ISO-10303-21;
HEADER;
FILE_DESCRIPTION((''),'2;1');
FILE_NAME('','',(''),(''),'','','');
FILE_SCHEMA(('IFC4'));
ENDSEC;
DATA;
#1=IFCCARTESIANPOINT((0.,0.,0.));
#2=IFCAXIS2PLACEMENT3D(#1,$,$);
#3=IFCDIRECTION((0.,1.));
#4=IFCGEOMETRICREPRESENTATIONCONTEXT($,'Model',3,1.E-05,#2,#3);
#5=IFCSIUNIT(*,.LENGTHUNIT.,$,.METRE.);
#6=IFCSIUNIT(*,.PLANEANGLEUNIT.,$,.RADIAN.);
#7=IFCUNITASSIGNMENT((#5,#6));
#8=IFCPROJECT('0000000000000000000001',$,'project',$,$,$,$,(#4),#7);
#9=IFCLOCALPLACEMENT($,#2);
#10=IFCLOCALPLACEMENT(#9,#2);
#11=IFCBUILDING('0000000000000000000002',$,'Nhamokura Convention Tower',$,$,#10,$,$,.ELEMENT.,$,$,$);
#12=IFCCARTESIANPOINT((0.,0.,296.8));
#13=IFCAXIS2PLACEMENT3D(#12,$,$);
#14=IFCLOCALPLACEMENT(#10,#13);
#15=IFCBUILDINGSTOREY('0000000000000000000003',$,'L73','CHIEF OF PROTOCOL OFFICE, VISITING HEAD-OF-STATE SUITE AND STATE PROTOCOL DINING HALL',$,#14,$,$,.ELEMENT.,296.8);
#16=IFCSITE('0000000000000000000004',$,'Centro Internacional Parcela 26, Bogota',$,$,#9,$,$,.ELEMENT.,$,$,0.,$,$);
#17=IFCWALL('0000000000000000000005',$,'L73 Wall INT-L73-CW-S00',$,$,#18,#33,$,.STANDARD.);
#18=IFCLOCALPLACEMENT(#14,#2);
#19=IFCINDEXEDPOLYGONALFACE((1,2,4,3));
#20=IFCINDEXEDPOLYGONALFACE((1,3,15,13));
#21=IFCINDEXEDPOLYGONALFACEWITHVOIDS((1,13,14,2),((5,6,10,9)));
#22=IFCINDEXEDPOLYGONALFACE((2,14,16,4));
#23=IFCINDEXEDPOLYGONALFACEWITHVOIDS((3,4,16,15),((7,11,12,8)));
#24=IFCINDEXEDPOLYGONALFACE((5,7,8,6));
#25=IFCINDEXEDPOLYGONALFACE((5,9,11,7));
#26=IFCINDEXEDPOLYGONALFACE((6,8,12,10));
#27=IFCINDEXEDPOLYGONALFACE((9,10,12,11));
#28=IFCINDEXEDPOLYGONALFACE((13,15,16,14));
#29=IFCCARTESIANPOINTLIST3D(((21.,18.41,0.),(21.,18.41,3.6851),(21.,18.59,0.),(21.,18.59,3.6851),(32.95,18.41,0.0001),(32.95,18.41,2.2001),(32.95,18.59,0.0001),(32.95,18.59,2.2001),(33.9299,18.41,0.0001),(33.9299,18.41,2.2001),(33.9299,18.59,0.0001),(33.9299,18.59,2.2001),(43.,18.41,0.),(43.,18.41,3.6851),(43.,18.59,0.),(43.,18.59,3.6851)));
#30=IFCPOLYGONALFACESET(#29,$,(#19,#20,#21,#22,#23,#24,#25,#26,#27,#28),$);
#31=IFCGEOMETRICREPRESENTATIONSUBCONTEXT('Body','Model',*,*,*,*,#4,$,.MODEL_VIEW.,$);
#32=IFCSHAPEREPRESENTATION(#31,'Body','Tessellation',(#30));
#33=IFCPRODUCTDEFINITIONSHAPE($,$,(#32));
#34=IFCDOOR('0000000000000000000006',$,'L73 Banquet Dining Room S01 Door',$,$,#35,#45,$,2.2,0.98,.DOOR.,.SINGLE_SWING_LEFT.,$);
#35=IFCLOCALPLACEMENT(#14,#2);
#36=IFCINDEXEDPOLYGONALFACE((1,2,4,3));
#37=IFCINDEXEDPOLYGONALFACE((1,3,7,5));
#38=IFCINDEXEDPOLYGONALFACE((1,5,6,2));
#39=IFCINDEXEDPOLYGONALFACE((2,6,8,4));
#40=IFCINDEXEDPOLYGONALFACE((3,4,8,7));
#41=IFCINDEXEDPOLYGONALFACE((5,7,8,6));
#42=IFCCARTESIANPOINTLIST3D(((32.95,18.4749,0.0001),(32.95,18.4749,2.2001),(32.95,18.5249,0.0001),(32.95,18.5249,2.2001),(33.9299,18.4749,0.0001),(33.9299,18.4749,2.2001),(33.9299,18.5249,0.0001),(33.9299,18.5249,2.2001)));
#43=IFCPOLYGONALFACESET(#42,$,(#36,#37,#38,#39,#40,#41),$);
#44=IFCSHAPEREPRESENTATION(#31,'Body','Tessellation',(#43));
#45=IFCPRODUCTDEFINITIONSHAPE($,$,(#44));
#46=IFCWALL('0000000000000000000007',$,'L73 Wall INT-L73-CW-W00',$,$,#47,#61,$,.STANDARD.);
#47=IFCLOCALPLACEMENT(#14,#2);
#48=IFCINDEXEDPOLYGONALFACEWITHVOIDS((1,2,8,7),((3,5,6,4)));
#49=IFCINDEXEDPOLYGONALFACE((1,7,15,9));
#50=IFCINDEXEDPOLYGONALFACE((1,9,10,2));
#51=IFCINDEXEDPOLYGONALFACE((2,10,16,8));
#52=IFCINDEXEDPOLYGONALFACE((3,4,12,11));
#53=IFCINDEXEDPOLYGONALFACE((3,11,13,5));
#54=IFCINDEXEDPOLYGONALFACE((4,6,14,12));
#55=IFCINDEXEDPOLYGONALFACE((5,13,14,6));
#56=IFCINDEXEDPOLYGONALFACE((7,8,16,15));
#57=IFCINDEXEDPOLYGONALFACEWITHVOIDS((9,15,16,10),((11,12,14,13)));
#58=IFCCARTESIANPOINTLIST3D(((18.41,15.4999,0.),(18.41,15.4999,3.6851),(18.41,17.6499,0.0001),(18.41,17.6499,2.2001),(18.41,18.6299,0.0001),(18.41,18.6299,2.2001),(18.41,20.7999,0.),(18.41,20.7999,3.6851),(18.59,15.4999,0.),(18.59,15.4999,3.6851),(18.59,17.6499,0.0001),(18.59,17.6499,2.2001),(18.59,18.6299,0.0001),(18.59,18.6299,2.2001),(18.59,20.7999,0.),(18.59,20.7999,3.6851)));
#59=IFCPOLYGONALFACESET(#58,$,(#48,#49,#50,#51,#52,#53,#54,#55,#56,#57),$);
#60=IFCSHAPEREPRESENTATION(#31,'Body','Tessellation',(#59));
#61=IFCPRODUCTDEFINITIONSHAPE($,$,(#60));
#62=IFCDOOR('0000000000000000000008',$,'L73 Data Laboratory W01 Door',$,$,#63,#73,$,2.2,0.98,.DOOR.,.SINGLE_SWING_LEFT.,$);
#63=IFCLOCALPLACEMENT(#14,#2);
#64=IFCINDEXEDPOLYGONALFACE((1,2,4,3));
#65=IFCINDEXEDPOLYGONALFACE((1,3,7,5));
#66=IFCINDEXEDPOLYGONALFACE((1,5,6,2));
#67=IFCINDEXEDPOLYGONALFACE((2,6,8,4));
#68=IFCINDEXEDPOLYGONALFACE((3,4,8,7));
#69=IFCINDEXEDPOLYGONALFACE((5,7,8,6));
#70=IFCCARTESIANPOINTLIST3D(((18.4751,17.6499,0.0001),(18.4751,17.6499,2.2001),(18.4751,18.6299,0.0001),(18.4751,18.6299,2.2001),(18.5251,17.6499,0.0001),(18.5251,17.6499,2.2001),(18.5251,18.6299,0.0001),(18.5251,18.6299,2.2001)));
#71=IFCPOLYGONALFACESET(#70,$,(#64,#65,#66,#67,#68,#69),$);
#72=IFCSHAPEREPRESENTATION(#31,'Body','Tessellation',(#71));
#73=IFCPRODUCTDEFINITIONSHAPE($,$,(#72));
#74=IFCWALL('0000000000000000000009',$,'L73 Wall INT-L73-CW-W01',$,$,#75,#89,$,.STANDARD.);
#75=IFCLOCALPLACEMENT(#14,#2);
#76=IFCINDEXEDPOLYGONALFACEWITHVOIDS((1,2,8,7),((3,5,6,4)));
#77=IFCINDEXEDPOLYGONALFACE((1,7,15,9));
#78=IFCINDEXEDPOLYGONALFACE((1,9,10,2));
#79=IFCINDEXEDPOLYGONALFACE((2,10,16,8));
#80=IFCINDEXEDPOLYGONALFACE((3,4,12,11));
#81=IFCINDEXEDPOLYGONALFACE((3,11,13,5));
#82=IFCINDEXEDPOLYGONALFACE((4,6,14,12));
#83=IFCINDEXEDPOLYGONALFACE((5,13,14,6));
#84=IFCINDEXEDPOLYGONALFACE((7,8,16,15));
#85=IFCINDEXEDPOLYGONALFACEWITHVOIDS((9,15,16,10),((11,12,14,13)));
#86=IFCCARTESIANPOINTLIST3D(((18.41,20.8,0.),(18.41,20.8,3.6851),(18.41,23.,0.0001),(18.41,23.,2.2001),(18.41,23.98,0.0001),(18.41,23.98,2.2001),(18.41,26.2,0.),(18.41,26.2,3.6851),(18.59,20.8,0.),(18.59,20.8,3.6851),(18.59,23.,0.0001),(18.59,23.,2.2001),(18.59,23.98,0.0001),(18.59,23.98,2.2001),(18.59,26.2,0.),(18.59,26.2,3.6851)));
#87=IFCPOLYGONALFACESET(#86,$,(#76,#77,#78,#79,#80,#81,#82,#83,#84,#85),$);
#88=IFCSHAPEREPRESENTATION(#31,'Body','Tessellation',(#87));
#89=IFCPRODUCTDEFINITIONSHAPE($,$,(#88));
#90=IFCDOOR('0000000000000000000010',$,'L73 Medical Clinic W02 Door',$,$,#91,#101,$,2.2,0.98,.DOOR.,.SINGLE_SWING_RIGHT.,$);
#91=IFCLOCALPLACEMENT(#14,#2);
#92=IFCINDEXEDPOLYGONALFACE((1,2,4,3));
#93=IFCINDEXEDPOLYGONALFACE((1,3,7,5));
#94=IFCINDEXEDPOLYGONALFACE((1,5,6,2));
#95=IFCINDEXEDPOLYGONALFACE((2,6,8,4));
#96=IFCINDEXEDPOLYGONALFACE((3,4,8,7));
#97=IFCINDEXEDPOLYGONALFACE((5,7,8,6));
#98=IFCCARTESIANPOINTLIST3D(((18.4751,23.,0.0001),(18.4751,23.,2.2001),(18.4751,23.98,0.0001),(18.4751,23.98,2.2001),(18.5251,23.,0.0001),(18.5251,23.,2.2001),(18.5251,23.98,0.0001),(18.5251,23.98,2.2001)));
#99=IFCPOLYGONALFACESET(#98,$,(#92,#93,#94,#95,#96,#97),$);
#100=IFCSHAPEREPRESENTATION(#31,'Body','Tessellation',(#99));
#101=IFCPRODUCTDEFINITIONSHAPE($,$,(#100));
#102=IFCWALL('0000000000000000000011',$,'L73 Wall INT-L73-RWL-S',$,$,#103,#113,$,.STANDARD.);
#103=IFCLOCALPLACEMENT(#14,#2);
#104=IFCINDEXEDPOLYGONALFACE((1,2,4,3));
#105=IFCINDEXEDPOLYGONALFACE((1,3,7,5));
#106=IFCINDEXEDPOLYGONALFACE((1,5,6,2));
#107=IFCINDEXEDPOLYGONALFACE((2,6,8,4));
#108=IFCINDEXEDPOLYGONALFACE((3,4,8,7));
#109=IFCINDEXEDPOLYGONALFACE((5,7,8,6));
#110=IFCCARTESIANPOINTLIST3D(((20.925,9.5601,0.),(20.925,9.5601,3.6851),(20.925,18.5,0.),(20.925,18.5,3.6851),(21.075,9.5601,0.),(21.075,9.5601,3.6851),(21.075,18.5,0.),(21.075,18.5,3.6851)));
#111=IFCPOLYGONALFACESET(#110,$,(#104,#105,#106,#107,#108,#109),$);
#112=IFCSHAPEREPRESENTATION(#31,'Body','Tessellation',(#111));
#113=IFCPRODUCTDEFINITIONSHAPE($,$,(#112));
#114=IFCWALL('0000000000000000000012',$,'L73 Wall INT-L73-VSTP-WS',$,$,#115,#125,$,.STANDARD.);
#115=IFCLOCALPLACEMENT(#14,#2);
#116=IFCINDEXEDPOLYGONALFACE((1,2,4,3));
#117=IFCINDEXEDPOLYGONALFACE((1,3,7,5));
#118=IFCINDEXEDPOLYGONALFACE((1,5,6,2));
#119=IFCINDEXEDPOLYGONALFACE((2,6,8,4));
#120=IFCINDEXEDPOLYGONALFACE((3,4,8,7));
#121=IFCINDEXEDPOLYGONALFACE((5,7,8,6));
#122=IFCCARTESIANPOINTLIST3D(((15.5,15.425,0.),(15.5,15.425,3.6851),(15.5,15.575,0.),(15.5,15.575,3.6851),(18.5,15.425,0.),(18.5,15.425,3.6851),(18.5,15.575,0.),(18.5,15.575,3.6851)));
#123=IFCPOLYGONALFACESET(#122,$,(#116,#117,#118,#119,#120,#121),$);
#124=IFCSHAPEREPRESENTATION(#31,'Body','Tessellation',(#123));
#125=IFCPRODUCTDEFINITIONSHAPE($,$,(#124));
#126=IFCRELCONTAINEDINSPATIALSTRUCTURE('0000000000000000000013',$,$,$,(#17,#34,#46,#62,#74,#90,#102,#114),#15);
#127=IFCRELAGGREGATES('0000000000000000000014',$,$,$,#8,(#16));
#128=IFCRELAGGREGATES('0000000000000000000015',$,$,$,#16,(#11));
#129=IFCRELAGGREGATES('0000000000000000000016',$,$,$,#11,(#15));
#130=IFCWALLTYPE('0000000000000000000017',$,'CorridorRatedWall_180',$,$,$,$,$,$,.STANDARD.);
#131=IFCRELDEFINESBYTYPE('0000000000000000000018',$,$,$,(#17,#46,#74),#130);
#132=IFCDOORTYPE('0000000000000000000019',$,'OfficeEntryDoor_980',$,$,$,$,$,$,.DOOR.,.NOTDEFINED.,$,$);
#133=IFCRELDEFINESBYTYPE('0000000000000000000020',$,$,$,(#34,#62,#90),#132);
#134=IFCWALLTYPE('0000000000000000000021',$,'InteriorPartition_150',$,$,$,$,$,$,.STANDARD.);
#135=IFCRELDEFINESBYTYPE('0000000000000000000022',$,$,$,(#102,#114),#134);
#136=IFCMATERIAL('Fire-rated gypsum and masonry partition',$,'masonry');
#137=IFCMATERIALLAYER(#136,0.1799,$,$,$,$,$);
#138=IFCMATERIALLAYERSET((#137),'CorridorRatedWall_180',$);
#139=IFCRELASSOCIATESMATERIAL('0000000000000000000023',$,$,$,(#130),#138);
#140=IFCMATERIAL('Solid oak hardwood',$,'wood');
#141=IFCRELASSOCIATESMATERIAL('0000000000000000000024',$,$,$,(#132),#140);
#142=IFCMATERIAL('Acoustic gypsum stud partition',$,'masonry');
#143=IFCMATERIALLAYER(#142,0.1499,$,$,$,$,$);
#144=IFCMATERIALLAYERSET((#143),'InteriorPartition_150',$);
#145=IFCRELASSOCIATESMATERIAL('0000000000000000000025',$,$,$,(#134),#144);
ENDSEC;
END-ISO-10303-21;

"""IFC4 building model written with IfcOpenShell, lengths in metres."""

from ifc_helpers import new_model, si_unit, direction, frame, frame_2d, origin, place, context, subcontext, project, spatial, rectangle, extrude, material, layer, layer_set, type_object, element, fill, save


model = new_model("IFC4")

# Units and contexts
model_context = context("Model", 3, precision=1e-05, world=origin(), true_north=direction((0.0, 1.0)))
body_context = subcontext(model_context, "Body", "Model", "MODEL_VIEW")
ifc_project = project(units=[si_unit("LENGTHUNIT", "METRE"), si_unit("PLANEANGLEUNIT", "RADIAN")], contexts=[model_context])

# Site, building, storey
site_placement = place(None, origin())
site = spatial("IfcSite", under=ifc_project, at=site_placement, Name="Centro Internacional Parcela 26, Bogota", CompositionType="ELEMENT", RefElevation=0.0)
building_placement = place(site_placement, origin())
building = spatial("IfcBuilding", under=site, at=building_placement, Name="Nhamokura Convention Tower", CompositionType="ELEMENT")
storey_placement = place(building_placement, frame((0.0, 0.0, 296.8)))
storey = spatial("IfcBuildingStorey", under=building, at=storey_placement, Name="L73", Description="CHIEF OF PROTOCOL OFFICE, VISITING HEAD-OF-STATE SUITE AND STATE PROTOCOL DINING HALL", CompositionType="ELEMENT", Elevation=296.8)

# Walls, openings, doors
ifc_material_1 = material(Name="Fire-rated gypsum and masonry partition", Category="masonry")
ifc_layer_1 = layer(ifc_material_1, 0.1799)
ifc_layer_set_1 = layer_set([ifc_layer_1], Name="CorridorRatedWall_180")
wall_type_1 = type_object("IfcWallType", Name="CorridorRatedWall_180", PredefinedType="STANDARD", material=ifc_layer_set_1)
wall_1_placement = place(storey_placement, frame((21.0, 18.5, 0.0), z_axis=(0.0, 0.0, 1.0), x_axis=(1.0, 0.0, 0.0)))
wall_1 = element("IfcWall", 1, at=wall_1_placement, inside=storey, type_object=wall_type_1, Name="L73 Wall INT-L73-CW-S00", PredefinedType="STANDARD", context=body_context, shape_type="SweptSolid", body=[
    extrude(rectangle(XDim=22.0, YDim=0.1799, at=frame_2d((11.0, 0.0))), origin(), (0.0, 0.0, 1.0), 3.6851),
])
opening_1_placement = place(wall_1_placement, frame((11.95, 0.0, 0.0)))
opening_1 = element("IfcOpeningElement", 2, at=opening_1_placement, cuts=wall_1, PredefinedType="OPENING", context=body_context, shape_type="SweptSolid", body=[
    extrude(rectangle(XDim=0.98, YDim=2.2, at=frame_2d((0.49, 1.1001))), frame((0.0, 0.0999, 0.0), z_axis=(0.0, -1.0, 0.0), x_axis=(1.0, 0.0, 0.0)), (0.0, 0.0, 1.0), 0.2),
])
ifc_material_2 = material(Name="Solid oak hardwood", Category="wood")
door_type_1 = type_object("IfcDoorType", Name="OfficeEntryDoor_980", OperationType="NOTDEFINED", PredefinedType="DOOR", material=ifc_material_2)
door_1_placement = place(opening_1_placement, origin())
door_1 = element("IfcDoor", 3, at=door_1_placement, inside=storey, type_object=door_type_1, Name="L73 Banquet Dining Room S01 Door", OperationType="SINGLE_SWING_LEFT", OverallHeight=2.2, OverallWidth=0.98, PredefinedType="DOOR", context=body_context, shape_type="SweptSolid", body=[
    extrude(rectangle(XDim=0.98, YDim=2.2, at=frame_2d((0.49, 1.1001))), frame((0.0, 0.0249, 0.0), z_axis=(0.0, -1.0, 0.0), x_axis=(1.0, 0.0, 0.0)), (0.0, 0.0, 1.0), 0.05),
])
fill(opening_1, door_1)
wall_2_placement = place(storey_placement, frame((18.5, 15.5, 0.0), z_axis=(0.0, 0.0, 1.0), x_axis=(0.0, 1.0, 0.0)))
wall_2 = element("IfcWall", 4, at=wall_2_placement, inside=storey, type_object=wall_type_1, Name="L73 Wall INT-L73-CW-W00", PredefinedType="STANDARD", context=body_context, shape_type="SweptSolid", body=[
    extrude(rectangle(XDim=5.3, YDim=0.1799, at=frame_2d((2.6499, 0.0))), origin(), (0.0, 0.0, 1.0), 3.6851),
])
opening_2_placement = place(wall_2_placement, frame((2.1499, 0.0, 0.0)))
opening_2 = element("IfcOpeningElement", 5, at=opening_2_placement, cuts=wall_2, PredefinedType="OPENING", context=body_context, shape_type="SweptSolid", body=[
    extrude(rectangle(XDim=0.98, YDim=2.2, at=frame_2d((0.49, 1.1001))), frame((0.0, 0.0999, 0.0), z_axis=(0.0, -1.0, 0.0), x_axis=(1.0, 0.0, 0.0)), (0.0, 0.0, 1.0), 0.2),
])
door_2_placement = place(opening_2_placement, origin())
door_2 = element("IfcDoor", 6, at=door_2_placement, inside=storey, type_object=door_type_1, Name="L73 Data Laboratory W01 Door", OperationType="SINGLE_SWING_LEFT", OverallHeight=2.2, OverallWidth=0.98, PredefinedType="DOOR", context=body_context, shape_type="SweptSolid", body=[
    extrude(rectangle(XDim=0.98, YDim=2.2, at=frame_2d((0.49, 1.1001))), frame((0.0, 0.0249, 0.0), z_axis=(0.0, -1.0, 0.0), x_axis=(1.0, 0.0, 0.0)), (0.0, 0.0, 1.0), 0.05),
])
fill(opening_2, door_2)
wall_3_placement = place(storey_placement, frame((18.5, 20.8, 0.0), z_axis=(0.0, 0.0, 1.0), x_axis=(0.0, 1.0, 0.0)))
wall_3 = element("IfcWall", 7, at=wall_3_placement, inside=storey, type_object=wall_type_1, Name="L73 Wall INT-L73-CW-W01", PredefinedType="STANDARD", context=body_context, shape_type="SweptSolid", body=[
    extrude(rectangle(XDim=5.3999, YDim=0.1799, at=frame_2d((2.7, 0.0))), origin(), (0.0, 0.0, 1.0), 3.6851),
])
opening_3_placement = place(wall_3_placement, frame((2.2, 0.0, 0.0)))
opening_3 = element("IfcOpeningElement", 8, at=opening_3_placement, cuts=wall_3, PredefinedType="OPENING", context=body_context, shape_type="SweptSolid", body=[
    extrude(rectangle(XDim=0.98, YDim=2.2, at=frame_2d((0.49, 1.1001))), frame((0.0, 0.0999, 0.0), z_axis=(0.0, -1.0, 0.0), x_axis=(1.0, 0.0, 0.0)), (0.0, 0.0, 1.0), 0.2),
])
door_3_placement = place(opening_3_placement, origin())
door_3 = element("IfcDoor", 9, at=door_3_placement, inside=storey, type_object=door_type_1, Name="L73 Medical Clinic W02 Door", OperationType="SINGLE_SWING_RIGHT", OverallHeight=2.2, OverallWidth=0.98, PredefinedType="DOOR", context=body_context, shape_type="SweptSolid", body=[
    extrude(rectangle(XDim=0.98, YDim=2.2, at=frame_2d((0.49, 1.1001))), frame((0.0, 0.0249, 0.0), z_axis=(0.0, -1.0, 0.0), x_axis=(1.0, 0.0, 0.0)), (0.0, 0.0, 1.0), 0.05),
])
fill(opening_3, door_3)

# Walls
ifc_material_3 = material(Name="Acoustic gypsum stud partition", Category="masonry")
ifc_layer_2 = layer(ifc_material_3, 0.1499)
ifc_layer_set_2 = layer_set([ifc_layer_2], Name="InteriorPartition_150")
wall_type_2 = type_object("IfcWallType", Name="InteriorPartition_150", PredefinedType="STANDARD", material=ifc_layer_set_2)
wall_4_placement = place(storey_placement, frame((21.0, 9.5601, 0.0), z_axis=(0.0, 0.0, 1.0), x_axis=(0.0, 1.0, 0.0)))
element("IfcWall", 10, at=wall_4_placement, inside=storey, type_object=wall_type_2, Name="L73 Wall INT-L73-RWL-S", PredefinedType="STANDARD", context=body_context, shape_type="SweptSolid", body=[
    extrude(rectangle(XDim=8.9399, YDim=0.1499, at=frame_2d((4.47, 0.0))), origin(), (0.0, 0.0, 1.0), 3.6851),
])
wall_5_placement = place(storey_placement, frame((15.5, 15.5, 0.0), z_axis=(0.0, 0.0, 1.0), x_axis=(1.0, 0.0, 0.0)))
element("IfcWall", 11, at=wall_5_placement, inside=storey, type_object=wall_type_2, Name="L73 Wall INT-L73-VSTP-WS", PredefinedType="STANDARD", context=body_context, shape_type="SweptSolid", body=[
    extrude(rectangle(XDim=3.0, YDim=0.1499, at=frame_2d((1.5, 0.0))), origin(), (0.0, 0.0, 1.0), 3.6851),
])

save(model, "model.ifc")
